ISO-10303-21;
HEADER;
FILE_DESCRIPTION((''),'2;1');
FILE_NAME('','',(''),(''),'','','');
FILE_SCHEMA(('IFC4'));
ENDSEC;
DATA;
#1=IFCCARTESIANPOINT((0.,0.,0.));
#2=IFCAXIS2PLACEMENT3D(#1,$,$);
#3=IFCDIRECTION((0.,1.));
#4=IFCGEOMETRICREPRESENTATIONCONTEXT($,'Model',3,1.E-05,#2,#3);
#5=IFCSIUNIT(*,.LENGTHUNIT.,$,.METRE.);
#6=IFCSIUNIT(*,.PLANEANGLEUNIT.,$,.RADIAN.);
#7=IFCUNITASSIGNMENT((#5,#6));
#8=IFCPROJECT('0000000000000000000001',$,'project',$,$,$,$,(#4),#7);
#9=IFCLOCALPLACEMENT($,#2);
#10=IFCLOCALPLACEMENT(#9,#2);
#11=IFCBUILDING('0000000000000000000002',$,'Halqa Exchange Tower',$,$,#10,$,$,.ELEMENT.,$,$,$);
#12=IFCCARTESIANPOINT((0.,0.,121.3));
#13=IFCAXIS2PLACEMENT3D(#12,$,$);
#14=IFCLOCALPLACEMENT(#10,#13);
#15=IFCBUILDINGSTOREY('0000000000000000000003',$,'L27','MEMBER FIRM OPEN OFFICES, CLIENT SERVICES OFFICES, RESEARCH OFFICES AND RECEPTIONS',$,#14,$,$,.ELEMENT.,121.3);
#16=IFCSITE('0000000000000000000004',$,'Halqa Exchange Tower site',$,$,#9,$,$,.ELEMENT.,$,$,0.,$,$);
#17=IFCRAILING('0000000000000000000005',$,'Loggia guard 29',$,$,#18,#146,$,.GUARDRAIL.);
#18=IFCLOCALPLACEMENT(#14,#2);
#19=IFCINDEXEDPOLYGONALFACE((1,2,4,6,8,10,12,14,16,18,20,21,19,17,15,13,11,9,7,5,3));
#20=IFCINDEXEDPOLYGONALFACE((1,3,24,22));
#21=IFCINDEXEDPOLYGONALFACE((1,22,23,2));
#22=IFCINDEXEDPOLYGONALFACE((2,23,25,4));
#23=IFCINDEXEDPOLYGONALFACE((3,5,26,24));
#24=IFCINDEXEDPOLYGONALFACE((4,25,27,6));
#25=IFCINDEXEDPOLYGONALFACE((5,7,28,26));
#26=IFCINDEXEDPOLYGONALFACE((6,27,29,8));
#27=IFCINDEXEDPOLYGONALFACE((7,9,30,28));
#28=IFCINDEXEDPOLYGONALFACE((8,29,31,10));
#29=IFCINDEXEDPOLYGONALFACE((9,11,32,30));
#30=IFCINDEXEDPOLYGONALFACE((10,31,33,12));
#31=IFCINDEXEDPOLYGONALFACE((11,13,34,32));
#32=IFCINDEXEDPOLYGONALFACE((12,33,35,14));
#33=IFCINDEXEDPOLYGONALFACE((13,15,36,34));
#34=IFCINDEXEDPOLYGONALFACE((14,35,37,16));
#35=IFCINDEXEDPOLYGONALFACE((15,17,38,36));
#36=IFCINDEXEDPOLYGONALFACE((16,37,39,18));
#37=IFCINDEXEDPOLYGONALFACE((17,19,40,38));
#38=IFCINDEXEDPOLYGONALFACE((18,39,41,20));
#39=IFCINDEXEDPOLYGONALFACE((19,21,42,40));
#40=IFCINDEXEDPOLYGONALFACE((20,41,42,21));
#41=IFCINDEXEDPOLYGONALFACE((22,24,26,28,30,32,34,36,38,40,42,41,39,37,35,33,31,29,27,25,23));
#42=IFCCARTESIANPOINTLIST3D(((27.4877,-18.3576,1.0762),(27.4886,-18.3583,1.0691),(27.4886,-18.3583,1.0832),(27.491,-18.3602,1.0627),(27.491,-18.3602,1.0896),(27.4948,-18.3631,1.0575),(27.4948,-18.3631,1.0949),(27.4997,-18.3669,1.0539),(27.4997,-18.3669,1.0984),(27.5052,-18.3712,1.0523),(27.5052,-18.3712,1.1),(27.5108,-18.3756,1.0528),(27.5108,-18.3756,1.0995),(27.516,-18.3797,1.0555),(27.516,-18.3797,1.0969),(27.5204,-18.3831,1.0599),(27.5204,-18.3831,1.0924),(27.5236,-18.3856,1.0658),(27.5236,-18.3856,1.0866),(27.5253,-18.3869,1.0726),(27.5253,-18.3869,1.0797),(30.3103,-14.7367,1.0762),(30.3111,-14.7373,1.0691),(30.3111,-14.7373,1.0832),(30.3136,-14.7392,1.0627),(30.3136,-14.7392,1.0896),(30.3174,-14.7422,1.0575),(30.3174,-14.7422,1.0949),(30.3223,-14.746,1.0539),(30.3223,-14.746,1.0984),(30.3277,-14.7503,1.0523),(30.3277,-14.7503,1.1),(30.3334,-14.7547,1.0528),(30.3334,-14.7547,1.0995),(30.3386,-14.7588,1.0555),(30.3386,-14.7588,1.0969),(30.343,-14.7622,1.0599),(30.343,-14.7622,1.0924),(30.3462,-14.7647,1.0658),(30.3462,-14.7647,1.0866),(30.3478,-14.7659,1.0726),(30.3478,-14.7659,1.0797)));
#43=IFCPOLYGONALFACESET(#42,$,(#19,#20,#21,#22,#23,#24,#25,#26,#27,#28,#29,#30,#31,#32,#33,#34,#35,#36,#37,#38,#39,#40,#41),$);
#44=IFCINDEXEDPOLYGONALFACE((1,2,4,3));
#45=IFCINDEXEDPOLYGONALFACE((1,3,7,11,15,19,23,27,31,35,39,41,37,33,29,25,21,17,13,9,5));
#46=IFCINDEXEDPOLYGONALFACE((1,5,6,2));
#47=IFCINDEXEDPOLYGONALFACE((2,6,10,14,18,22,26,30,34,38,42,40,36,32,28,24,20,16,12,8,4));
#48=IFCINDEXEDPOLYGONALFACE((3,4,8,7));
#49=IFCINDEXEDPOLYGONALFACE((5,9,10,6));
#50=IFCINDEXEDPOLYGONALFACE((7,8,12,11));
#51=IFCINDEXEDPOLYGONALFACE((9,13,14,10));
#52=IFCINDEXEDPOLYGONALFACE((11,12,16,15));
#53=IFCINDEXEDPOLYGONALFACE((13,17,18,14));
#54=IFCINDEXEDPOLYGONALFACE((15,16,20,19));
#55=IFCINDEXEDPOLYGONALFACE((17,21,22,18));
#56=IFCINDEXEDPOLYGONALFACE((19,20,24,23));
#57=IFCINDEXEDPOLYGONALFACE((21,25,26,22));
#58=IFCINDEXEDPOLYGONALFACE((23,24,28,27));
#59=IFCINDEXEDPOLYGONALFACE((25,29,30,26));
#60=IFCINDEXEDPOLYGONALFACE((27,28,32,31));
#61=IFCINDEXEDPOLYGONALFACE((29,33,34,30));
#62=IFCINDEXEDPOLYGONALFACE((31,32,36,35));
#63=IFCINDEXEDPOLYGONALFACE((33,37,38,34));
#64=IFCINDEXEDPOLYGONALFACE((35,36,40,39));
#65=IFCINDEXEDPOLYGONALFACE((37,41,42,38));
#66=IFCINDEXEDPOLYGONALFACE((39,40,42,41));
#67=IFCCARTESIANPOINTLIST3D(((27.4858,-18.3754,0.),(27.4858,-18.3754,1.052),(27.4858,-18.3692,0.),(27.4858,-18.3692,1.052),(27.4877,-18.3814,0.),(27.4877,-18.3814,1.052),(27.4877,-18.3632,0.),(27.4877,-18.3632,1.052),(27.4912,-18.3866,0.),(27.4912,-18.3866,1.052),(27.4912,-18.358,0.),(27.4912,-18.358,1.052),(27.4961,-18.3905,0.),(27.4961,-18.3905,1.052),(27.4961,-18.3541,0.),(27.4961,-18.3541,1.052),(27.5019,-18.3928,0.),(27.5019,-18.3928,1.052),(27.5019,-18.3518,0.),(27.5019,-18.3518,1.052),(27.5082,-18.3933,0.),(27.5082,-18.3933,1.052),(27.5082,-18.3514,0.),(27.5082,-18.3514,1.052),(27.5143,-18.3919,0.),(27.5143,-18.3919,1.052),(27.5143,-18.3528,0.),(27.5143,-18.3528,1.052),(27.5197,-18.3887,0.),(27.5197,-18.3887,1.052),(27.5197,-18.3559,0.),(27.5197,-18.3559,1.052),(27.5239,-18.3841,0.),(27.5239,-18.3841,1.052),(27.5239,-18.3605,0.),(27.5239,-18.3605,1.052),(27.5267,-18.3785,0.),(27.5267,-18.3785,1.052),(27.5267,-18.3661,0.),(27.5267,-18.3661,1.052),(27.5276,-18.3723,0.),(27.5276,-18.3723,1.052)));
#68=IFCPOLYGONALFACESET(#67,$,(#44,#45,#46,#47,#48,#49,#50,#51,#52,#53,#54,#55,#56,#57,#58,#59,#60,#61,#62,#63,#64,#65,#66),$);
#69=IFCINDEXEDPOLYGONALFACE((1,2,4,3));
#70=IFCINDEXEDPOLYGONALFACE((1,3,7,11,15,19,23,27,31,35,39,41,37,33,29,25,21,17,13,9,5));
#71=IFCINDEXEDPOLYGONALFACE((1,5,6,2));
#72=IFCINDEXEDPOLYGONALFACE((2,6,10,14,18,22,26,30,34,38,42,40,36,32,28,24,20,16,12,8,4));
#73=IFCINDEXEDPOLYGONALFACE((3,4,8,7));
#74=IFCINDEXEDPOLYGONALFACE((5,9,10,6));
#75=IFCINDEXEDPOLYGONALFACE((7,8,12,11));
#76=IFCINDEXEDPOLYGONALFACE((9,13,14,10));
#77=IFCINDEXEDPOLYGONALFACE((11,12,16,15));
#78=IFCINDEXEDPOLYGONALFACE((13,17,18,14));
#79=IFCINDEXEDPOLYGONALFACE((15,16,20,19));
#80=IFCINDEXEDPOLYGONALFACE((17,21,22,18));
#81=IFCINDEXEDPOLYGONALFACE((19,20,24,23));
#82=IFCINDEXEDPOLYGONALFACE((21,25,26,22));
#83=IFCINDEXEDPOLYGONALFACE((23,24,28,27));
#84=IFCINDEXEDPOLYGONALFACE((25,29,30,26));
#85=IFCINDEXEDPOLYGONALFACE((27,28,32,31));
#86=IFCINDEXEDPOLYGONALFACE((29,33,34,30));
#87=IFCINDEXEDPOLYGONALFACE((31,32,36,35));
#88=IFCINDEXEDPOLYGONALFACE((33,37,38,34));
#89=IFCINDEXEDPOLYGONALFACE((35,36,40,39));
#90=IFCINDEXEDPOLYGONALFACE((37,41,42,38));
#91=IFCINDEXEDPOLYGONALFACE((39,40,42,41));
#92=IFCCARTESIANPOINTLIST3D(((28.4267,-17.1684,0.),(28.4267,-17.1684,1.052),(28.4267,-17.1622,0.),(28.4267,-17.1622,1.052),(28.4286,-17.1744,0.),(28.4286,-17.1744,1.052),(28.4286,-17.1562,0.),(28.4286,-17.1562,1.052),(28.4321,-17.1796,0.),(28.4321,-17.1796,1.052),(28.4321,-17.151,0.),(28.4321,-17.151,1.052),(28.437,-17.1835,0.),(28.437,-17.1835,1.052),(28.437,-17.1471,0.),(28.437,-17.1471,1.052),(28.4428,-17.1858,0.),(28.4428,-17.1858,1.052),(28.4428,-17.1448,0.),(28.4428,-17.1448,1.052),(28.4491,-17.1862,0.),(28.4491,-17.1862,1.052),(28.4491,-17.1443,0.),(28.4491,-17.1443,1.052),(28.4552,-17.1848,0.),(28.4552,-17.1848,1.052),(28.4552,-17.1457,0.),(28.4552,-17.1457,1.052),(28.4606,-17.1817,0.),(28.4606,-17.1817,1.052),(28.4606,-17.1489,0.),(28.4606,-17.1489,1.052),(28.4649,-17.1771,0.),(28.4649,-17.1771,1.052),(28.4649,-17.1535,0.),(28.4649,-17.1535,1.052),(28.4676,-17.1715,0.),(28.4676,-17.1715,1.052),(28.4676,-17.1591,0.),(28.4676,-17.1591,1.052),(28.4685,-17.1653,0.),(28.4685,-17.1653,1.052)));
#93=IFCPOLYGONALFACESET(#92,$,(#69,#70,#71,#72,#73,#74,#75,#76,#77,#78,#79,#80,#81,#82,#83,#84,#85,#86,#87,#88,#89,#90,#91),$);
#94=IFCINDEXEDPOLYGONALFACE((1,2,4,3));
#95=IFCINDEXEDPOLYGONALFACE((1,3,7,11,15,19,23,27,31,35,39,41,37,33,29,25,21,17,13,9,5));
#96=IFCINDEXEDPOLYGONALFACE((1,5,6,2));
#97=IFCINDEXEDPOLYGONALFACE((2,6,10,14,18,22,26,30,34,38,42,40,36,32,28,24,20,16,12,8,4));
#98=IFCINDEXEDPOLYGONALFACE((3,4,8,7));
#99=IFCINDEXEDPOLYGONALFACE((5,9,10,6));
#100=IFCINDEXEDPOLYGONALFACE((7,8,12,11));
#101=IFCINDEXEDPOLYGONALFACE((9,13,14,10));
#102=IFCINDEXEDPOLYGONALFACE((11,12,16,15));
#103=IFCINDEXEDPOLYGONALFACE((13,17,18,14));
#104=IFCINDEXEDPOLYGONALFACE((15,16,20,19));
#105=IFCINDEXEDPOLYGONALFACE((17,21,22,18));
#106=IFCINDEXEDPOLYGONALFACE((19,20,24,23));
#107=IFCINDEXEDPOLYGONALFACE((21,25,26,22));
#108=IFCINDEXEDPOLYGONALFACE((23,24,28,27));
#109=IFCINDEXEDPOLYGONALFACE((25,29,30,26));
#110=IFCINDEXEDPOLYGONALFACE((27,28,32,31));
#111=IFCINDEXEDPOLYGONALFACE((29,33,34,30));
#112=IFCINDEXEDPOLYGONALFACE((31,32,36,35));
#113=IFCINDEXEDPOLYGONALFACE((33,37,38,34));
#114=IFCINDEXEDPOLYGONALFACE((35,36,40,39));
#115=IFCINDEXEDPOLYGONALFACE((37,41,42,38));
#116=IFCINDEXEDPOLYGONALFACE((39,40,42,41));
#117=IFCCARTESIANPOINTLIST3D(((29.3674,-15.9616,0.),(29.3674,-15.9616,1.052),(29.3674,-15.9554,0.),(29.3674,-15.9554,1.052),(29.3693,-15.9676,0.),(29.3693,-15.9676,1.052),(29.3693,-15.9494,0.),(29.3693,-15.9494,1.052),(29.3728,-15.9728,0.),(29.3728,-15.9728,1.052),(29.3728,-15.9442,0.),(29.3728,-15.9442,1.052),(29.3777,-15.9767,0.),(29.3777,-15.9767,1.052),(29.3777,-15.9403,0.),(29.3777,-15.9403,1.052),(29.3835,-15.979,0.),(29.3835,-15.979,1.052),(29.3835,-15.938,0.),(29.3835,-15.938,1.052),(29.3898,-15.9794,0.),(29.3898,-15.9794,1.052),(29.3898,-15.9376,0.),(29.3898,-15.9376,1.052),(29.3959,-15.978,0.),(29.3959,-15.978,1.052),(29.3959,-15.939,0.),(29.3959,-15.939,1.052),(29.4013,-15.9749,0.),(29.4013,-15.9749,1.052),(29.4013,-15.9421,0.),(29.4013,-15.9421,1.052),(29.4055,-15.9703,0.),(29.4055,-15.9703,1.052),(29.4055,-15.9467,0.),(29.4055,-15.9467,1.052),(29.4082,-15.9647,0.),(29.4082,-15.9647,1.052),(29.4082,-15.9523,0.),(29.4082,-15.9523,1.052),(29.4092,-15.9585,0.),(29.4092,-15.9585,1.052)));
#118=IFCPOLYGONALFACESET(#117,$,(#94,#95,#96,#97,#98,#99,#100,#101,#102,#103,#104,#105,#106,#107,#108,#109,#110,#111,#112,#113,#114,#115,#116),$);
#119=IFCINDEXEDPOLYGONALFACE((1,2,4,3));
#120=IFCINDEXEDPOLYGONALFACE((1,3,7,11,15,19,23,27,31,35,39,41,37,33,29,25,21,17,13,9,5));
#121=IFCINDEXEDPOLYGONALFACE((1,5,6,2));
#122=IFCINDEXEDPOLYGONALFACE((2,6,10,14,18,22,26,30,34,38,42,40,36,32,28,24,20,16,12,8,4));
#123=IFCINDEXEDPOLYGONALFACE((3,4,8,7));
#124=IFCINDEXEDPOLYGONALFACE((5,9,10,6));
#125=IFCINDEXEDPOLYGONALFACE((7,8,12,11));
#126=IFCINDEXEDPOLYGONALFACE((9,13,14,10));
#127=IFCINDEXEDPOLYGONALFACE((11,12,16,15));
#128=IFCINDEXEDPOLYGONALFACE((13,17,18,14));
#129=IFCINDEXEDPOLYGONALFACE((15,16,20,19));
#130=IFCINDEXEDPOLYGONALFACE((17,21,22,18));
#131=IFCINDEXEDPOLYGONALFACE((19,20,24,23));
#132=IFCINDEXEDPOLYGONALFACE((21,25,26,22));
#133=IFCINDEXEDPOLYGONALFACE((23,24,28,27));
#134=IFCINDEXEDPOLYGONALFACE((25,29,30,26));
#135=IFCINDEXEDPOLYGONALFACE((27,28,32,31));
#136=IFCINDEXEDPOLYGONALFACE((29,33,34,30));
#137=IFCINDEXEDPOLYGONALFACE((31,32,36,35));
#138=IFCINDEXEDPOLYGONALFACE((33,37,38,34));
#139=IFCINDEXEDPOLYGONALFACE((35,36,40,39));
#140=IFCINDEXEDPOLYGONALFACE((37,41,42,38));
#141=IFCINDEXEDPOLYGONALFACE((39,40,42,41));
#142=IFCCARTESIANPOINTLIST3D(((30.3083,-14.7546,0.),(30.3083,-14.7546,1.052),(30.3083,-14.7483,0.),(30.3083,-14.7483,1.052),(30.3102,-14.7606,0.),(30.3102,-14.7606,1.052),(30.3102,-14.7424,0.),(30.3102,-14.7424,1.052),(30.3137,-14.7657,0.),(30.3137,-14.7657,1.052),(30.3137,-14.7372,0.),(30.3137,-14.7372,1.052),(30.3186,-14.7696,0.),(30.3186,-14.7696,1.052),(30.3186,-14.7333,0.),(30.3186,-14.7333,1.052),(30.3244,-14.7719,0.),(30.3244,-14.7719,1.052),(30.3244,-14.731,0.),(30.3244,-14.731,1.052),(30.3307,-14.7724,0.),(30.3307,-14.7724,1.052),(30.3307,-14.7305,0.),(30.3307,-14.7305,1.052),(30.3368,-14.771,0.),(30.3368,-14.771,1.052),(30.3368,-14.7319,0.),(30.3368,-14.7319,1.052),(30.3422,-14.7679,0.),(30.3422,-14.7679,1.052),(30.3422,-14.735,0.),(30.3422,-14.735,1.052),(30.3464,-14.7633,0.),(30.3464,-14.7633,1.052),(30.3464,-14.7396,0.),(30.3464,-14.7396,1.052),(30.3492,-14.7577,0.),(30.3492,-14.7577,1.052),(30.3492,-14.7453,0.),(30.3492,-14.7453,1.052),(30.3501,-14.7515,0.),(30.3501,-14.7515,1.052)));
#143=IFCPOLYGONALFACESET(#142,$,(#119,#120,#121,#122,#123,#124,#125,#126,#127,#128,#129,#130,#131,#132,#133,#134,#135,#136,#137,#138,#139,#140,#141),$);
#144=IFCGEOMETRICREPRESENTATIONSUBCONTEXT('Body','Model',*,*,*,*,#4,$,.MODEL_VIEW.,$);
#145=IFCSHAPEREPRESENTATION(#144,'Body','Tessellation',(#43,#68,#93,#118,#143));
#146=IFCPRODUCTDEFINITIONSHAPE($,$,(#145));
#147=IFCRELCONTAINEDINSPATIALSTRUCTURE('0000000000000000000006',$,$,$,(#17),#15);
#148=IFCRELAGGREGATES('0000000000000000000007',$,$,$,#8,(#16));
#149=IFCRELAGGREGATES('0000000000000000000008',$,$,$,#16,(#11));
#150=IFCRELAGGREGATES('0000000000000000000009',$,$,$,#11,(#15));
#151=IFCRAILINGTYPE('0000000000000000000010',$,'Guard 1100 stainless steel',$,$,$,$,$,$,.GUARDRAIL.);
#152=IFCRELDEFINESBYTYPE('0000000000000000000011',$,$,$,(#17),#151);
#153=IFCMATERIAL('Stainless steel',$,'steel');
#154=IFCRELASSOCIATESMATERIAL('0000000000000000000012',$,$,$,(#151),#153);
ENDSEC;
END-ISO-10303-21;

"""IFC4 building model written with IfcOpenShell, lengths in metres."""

from ifc_helpers import new_model, si_unit, direction, frame, origin, origin_2d, place, context, subcontext, project, spatial, circle, extrude, material, type_object, element, save


model = new_model("IFC4")

# Units and contexts
model_context = context("Model", 3, precision=1e-05, world=origin(), true_north=direction((0.0, 1.0)))
body_context = subcontext(model_context, "Body", "Model", "MODEL_VIEW")
ifc_project = project(units=[si_unit("LENGTHUNIT", "METRE"), si_unit("PLANEANGLEUNIT", "RADIAN")], contexts=[model_context])

# Site, building, storey
site_placement = place(None, origin())
site = spatial("IfcSite", under=ifc_project, at=site_placement, Name="Halqa Exchange Tower site", CompositionType="ELEMENT", RefElevation=0.0)
building_placement = place(site_placement, origin())
building = spatial("IfcBuilding", under=site, at=building_placement, Name="Halqa Exchange Tower", CompositionType="ELEMENT")
storey_placement = place(building_placement, frame((0.0, 0.0, 121.3)))
storey = spatial("IfcBuildingStorey", under=building, at=storey_placement, Name="L27", Description="MEMBER FIRM OPEN OFFICES, CLIENT SERVICES OFFICES, RESEARCH OFFICES AND RECEPTIONS", CompositionType="ELEMENT", Elevation=121.3)

# Railing
ifc_material_1 = material(Name="Stainless steel", Category="steel")
railing_type = type_object("IfcRailingType", Name="Guard 1100 stainless steel", PredefinedType="GUARDRAIL", material=ifc_material_1)
railing_1_placement = place(storey_placement, frame((27.5066, -18.3723, 0.0)))
element("IfcRailing", 1, at=railing_1_placement, inside=storey, type_object=railing_type, Name="Loggia guard 29", PredefinedType="GUARDRAIL", context=body_context, shape_type="SweptSolid", body=[
    extrude(circle(Radius=0.0239, at=origin_2d()), frame((0.0, 0.0, 1.0762), z_axis=(0.614794, 0.788687, 0.0), x_axis=(-0.788687, 0.614794, 0.0)), (0.0, 0.0, 1.0), 4.5911),
    extrude(circle(Radius=0.021, at=origin_2d()), origin(), (0.0, 0.0, 1.0), 1.052),
    extrude(circle(Radius=0.021, at=origin_2d()), frame((0.9409, 1.207, 0.0)), (0.0, 0.0, 1.0), 1.052),
    extrude(circle(Radius=0.021, at=origin_2d()), frame((1.8816, 2.4138, 0.0)), (0.0, 0.0, 1.0), 1.052),
    extrude(circle(Radius=0.021, at=origin_2d()), frame((2.8225, 3.6208, 0.0)), (0.0, 0.0, 1.0), 1.052),
])

save(model, "model.ifc")
